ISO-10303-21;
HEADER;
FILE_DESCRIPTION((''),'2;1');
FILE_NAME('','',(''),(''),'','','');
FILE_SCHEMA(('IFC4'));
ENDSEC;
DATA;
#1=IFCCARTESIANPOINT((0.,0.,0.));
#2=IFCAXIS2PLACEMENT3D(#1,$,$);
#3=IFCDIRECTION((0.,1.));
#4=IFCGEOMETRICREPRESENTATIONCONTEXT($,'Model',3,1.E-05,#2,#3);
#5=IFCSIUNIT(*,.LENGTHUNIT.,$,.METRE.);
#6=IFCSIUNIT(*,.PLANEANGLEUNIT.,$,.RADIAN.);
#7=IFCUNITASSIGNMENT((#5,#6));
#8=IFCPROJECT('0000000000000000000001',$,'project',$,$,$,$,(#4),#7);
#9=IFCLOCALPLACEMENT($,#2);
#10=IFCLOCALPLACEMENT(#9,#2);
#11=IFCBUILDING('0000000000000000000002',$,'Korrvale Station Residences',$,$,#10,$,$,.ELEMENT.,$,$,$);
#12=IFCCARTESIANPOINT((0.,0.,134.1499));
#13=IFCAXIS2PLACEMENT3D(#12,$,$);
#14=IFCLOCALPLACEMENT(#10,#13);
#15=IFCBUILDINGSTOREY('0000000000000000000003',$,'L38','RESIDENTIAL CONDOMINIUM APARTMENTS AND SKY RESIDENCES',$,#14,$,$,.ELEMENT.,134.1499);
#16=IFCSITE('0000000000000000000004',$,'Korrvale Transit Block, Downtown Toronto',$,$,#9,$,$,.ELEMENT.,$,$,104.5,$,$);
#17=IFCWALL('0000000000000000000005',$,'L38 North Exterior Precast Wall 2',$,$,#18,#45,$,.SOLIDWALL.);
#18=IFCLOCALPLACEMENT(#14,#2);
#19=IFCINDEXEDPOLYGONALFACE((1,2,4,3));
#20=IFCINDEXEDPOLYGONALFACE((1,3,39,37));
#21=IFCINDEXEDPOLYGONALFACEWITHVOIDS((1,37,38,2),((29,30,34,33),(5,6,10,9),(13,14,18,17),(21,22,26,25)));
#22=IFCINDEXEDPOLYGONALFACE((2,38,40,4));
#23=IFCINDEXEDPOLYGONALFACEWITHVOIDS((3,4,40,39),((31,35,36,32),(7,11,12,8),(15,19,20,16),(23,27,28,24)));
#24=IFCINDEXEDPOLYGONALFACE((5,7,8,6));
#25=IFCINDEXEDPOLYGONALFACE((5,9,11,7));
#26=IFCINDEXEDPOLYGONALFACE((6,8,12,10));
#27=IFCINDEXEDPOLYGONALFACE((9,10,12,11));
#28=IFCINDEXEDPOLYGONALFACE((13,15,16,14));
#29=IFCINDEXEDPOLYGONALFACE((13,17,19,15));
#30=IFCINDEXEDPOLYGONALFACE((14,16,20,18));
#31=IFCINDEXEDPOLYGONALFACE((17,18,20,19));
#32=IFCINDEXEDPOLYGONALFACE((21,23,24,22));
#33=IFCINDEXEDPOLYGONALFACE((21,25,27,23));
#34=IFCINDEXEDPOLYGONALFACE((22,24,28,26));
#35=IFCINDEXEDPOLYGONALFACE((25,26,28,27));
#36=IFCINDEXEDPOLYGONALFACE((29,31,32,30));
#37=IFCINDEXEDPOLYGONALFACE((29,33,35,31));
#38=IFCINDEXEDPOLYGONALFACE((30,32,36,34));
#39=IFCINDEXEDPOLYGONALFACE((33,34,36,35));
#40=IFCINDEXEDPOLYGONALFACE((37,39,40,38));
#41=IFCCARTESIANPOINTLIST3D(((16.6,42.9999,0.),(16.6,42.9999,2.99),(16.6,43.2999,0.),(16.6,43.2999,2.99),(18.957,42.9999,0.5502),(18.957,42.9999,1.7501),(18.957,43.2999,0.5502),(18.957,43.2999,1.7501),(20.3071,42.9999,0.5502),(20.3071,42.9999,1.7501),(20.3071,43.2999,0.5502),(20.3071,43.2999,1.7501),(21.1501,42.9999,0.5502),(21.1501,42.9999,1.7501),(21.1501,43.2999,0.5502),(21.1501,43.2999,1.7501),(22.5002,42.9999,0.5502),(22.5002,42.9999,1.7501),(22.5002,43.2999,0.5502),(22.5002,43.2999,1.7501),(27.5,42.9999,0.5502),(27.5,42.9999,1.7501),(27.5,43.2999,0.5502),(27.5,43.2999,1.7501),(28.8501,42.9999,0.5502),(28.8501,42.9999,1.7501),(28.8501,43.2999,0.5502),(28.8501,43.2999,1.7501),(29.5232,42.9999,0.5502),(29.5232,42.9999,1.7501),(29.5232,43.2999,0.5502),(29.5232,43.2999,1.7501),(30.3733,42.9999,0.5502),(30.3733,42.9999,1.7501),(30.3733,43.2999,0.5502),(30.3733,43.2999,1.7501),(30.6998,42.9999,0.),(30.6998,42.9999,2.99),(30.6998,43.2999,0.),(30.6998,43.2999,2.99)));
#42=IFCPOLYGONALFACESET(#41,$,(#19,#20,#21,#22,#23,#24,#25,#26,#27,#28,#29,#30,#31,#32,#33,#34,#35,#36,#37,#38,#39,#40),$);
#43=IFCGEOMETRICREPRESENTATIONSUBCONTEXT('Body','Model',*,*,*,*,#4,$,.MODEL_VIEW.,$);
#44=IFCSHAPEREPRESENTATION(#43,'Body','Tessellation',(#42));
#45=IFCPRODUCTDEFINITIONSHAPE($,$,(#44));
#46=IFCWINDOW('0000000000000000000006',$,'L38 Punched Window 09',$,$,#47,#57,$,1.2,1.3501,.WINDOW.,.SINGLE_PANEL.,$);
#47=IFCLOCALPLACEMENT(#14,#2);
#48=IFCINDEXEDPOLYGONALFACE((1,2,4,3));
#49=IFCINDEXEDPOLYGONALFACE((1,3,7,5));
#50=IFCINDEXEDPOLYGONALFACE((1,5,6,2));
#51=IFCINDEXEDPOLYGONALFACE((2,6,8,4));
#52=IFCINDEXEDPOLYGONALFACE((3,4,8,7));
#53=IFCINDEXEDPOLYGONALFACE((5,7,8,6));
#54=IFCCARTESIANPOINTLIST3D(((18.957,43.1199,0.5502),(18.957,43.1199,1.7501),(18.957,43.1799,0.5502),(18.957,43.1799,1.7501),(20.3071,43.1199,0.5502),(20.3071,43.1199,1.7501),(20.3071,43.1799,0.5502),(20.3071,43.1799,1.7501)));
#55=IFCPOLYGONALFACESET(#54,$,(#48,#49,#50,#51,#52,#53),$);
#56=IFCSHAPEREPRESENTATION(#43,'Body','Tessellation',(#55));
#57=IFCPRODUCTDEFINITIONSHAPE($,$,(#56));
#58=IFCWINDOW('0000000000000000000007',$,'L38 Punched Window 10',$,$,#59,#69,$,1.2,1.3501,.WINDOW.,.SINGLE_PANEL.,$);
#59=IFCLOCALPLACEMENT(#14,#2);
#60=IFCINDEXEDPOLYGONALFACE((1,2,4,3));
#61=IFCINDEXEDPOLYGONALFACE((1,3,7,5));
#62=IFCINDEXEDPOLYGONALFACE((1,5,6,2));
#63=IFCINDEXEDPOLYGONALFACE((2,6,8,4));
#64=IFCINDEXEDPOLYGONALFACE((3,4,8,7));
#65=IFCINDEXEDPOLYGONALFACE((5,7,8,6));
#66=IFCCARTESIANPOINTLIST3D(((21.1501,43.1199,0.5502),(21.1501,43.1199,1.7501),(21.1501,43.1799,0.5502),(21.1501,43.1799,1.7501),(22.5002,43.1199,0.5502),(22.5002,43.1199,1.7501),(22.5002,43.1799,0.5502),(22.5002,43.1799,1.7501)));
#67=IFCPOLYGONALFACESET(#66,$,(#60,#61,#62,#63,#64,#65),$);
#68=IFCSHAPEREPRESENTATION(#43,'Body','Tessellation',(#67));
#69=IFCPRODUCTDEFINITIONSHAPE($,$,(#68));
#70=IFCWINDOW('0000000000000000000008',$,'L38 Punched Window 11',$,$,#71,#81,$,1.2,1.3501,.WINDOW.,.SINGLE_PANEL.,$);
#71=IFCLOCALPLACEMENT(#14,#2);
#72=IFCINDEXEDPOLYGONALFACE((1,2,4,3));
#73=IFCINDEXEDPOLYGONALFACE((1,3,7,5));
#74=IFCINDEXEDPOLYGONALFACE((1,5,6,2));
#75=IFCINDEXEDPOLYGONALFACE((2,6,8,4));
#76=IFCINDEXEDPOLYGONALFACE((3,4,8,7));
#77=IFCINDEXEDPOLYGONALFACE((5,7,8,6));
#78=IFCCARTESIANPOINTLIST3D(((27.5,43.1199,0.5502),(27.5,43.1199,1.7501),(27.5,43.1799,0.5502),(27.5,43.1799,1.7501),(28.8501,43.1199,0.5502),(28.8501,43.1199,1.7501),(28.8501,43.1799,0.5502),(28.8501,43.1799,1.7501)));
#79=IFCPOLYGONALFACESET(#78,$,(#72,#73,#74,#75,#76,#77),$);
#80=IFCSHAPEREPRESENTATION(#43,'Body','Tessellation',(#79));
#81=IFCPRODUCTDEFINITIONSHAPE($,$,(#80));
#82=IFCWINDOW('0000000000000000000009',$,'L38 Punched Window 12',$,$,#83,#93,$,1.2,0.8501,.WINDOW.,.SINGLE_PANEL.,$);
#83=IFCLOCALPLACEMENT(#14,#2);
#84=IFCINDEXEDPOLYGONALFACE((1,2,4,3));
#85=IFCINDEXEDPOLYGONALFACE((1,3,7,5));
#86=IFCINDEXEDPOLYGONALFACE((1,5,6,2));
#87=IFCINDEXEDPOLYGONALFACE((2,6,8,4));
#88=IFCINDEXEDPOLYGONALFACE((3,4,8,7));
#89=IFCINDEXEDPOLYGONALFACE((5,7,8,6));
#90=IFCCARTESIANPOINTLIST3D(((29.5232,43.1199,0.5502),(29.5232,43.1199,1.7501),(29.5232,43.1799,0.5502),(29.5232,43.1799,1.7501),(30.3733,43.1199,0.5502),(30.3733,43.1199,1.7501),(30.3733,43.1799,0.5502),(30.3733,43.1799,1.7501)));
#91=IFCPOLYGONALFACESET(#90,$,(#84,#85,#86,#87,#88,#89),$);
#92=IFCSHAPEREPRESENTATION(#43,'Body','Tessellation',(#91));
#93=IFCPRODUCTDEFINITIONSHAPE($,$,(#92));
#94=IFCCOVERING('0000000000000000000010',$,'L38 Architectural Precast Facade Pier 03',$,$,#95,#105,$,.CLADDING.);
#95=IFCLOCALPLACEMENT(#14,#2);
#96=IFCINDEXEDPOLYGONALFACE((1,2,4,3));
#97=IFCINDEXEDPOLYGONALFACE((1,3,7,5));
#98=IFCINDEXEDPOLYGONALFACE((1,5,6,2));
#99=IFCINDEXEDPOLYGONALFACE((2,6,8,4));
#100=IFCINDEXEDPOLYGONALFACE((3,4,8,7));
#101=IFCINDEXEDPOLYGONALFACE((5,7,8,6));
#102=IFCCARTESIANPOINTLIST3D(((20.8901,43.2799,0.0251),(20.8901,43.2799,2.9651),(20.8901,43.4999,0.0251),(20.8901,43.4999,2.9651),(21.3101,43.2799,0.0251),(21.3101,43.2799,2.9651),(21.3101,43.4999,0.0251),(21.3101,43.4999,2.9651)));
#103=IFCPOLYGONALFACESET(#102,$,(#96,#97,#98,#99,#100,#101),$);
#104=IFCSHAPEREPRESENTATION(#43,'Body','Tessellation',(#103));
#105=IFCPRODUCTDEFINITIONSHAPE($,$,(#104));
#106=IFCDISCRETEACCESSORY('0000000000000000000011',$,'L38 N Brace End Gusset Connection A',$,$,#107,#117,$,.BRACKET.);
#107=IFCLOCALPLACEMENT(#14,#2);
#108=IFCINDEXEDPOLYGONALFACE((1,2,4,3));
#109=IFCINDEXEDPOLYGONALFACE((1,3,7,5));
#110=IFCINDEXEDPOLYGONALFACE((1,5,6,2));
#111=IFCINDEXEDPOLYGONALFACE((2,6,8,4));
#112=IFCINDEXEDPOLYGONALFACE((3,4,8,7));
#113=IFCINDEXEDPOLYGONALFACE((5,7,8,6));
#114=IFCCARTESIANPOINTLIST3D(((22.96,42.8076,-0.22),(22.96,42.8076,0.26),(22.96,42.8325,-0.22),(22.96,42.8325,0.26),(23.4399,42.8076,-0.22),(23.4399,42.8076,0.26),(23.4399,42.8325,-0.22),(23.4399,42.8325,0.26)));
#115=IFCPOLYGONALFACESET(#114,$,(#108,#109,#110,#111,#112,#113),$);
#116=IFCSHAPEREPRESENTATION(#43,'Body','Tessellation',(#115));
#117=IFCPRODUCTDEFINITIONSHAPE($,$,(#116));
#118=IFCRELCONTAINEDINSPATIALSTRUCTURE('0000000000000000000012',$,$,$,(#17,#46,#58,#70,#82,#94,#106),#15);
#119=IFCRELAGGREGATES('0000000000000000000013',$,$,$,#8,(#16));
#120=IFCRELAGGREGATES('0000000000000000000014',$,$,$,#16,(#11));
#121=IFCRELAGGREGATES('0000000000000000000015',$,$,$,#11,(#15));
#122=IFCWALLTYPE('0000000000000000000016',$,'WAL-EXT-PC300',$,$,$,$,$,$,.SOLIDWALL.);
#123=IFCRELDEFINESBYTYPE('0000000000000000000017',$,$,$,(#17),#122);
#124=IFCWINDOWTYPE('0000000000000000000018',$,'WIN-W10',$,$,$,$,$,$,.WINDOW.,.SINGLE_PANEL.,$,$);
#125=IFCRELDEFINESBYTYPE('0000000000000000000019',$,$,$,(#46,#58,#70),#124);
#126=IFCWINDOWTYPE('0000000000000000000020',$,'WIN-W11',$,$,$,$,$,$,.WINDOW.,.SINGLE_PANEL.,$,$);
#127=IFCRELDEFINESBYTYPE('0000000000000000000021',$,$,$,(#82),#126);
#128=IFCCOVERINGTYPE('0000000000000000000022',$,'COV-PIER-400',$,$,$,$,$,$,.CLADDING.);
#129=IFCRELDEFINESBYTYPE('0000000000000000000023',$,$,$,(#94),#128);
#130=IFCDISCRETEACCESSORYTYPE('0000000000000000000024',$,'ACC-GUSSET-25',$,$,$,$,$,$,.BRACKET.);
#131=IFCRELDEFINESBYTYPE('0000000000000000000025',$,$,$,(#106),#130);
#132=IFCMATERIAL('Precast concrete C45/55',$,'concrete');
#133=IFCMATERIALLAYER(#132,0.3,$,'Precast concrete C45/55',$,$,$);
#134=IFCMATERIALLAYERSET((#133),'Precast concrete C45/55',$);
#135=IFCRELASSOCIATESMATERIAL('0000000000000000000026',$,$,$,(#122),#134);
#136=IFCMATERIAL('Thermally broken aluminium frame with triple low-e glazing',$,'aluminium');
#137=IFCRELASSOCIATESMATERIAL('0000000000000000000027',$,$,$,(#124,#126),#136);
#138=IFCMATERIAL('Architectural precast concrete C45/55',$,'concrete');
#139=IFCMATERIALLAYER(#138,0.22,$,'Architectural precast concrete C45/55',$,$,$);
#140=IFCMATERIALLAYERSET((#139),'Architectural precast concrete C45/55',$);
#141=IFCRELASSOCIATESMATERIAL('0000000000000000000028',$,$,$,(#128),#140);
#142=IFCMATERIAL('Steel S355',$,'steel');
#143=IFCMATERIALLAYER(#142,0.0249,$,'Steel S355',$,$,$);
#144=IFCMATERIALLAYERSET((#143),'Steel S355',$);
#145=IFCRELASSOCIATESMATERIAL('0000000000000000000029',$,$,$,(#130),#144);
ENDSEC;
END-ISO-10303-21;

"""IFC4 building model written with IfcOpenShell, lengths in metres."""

from ifc_helpers import new_model, si_unit, direction, frame, frame_2d, origin, origin_2d, place, context, subcontext, project, spatial, rectangle, extrude, material, layer, layer_set, type_object, element, fill, save


model = new_model("IFC4")

# Units and contexts
model_context = context("Model", 3, precision=1e-05, world=origin(), true_north=direction((0.0, 1.0)))
body_context = subcontext(model_context, "Body", "Model", "MODEL_VIEW")
ifc_project = project(units=[si_unit("LENGTHUNIT", "METRE"), si_unit("PLANEANGLEUNIT", "RADIAN")], contexts=[model_context])

# Site, building, storey
site_placement = place(None, origin())
site = spatial("IfcSite", under=ifc_project, at=site_placement, Name="Korrvale Transit Block, Downtown Toronto", CompositionType="ELEMENT", RefElevation=104.5)
building_placement = place(site_placement, origin())
building = spatial("IfcBuilding", under=site, at=building_placement, Name="Korrvale Station Residences", CompositionType="ELEMENT")
storey_placement = place(building_placement, frame((0.0, 0.0, 134.1499)))
storey = spatial("IfcBuildingStorey", under=building, at=storey_placement, Name="L38", Description="RESIDENTIAL CONDOMINIUM APARTMENTS AND SKY RESIDENCES", CompositionType="ELEMENT", Elevation=134.1499)

# Shared definitions
ifc_material_1 = material(Name="Steel S355", Category="steel")

# Shared definitions
ifc_material_2 = material(Name="Precast concrete C45/55", Category="concrete")

# Wall, openings, windows
ifc_layer_1 = layer(ifc_material_2, 0.3, Name="Precast concrete C45/55")
ifc_layer_set_1 = layer_set([ifc_layer_1], Name="Precast concrete C45/55")
wall_type_1 = type_object("IfcWallType", Name="WAL-EXT-PC300", PredefinedType="SOLIDWALL", material=ifc_layer_set_1)
wall_1_placement = place(storey_placement, frame((16.6001, 43.1499, 0.0), z_axis=(0.0, 0.0, 1.0), x_axis=(1.0, 0.0, 0.0)))
wall_1 = element("IfcWall", 1, at=wall_1_placement, inside=storey, type_object=wall_type_1, Name="L38 North Exterior Precast Wall 2", PredefinedType="SOLIDWALL", context=body_context, shape_type="SweptSolid", body=[
    extrude(rectangle(XDim=14.0999, YDim=0.3, at=frame_2d((7.0498, 0.0))), origin(), (0.0, 0.0, 1.0), 2.99),
])
opening_1_placement = place(wall_1_placement, frame((2.3569, 0.0, 0.55)))
opening_1 = element("IfcOpeningElement", 2, at=opening_1_placement, cuts=wall_1, PredefinedType="OPENING", context=body_context, shape_type="SweptSolid", body=[
    extrude(rectangle(XDim=1.3501, YDim=1.2, at=frame_2d((0.675, 0.6001))), frame((0.0, 0.1602, 0.0), z_axis=(0.0, -1.0, 0.0), x_axis=(1.0, 0.0, 0.0)), (0.0, 0.0, 1.0), 0.3201),
])
opening_2_placement = place(wall_1_placement, frame((4.55, 0.0, 0.55)))
opening_2 = element("IfcOpeningElement", 3, at=opening_2_placement, cuts=wall_1, PredefinedType="OPENING", context=body_context, shape_type="SweptSolid", body=[
    extrude(rectangle(XDim=1.3501, YDim=1.2, at=frame_2d((0.675, 0.6001))), frame((0.0, 0.1602, 0.0), z_axis=(0.0, -1.0, 0.0), x_axis=(1.0, 0.0, 0.0)), (0.0, 0.0, 1.0), 0.3201),
])
opening_3_placement = place(wall_1_placement, frame((10.8999, 0.0, 0.55)))
opening_3 = element("IfcOpeningElement", 4, at=opening_3_placement, cuts=wall_1, PredefinedType="OPENING", context=body_context, shape_type="SweptSolid", body=[
    extrude(rectangle(XDim=1.3501, YDim=1.2, at=frame_2d((0.675, 0.6001))), frame((0.0, 0.1602, 0.0), z_axis=(0.0, -1.0, 0.0), x_axis=(1.0, 0.0, 0.0)), (0.0, 0.0, 1.0), 0.3201),
])
opening_4_placement = place(wall_1_placement, frame((12.9231, 0.0, 0.55)))
opening_4 = element("IfcOpeningElement", 5, at=opening_4_placement, cuts=wall_1, PredefinedType="OPENING", context=body_context, shape_type="SweptSolid", body=[
    extrude(rectangle(XDim=0.8501, YDim=1.2, at=frame_2d((0.425, 0.6001))), frame((0.0, 0.1602, 0.0), z_axis=(0.0, -1.0, 0.0), x_axis=(1.0, 0.0, 0.0)), (0.0, 0.0, 1.0), 0.3201),
])
ifc_material_3 = material(Name="Thermally broken aluminium frame with triple low-e glazing", Category="aluminium")
window_type_1 = type_object("IfcWindowType", Name="WIN-W10", PartitioningType="SINGLE_PANEL", PredefinedType="WINDOW", material=ifc_material_3)
window_1_placement = place(opening_1_placement, origin())
window_1 = element("IfcWindow", 6, at=window_1_placement, inside=storey, type_object=window_type_1, Name="L38 Punched Window 09", OverallHeight=1.2, OverallWidth=1.3501, PartitioningType="SINGLE_PANEL", PredefinedType="WINDOW", context=body_context, shape_type="SweptSolid", body=[
    extrude(rectangle(XDim=1.3501, YDim=1.2, at=frame_2d((0.675, 0.6001))), frame((0.0, 0.03, 0.0), z_axis=(0.0, -1.0, 0.0), x_axis=(1.0, 0.0, 0.0)), (0.0, 0.0, 1.0), 0.0601),
])
fill(opening_1, window_1)
window_2_placement = place(opening_2_placement, origin())
window_2 = element("IfcWindow", 7, at=window_2_placement, inside=storey, type_object=window_type_1, Name="L38 Punched Window 10", OverallHeight=1.2, OverallWidth=1.3501, PartitioningType="SINGLE_PANEL", PredefinedType="WINDOW", context=body_context, shape_type="SweptSolid", body=[
    extrude(rectangle(XDim=1.3501, YDim=1.2, at=frame_2d((0.675, 0.6001))), frame((0.0, 0.03, 0.0), z_axis=(0.0, -1.0, 0.0), x_axis=(1.0, 0.0, 0.0)), (0.0, 0.0, 1.0), 0.0601),
])
fill(opening_2, window_2)
window_3_placement = place(opening_3_placement, origin())
window_3 = element("IfcWindow", 8, at=window_3_placement, inside=storey, type_object=window_type_1, Name="L38 Punched Window 11", OverallHeight=1.2, OverallWidth=1.3501, PartitioningType="SINGLE_PANEL", PredefinedType="WINDOW", context=body_context, shape_type="SweptSolid", body=[
    extrude(rectangle(XDim=1.3501, YDim=1.2, at=frame_2d((0.675, 0.6001))), frame((0.0, 0.03, 0.0), z_axis=(0.0, -1.0, 0.0), x_axis=(1.0, 0.0, 0.0)), (0.0, 0.0, 1.0), 0.0601),
])
fill(opening_3, window_3)
window_type_2 = type_object("IfcWindowType", Name="WIN-W11", PartitioningType="SINGLE_PANEL", PredefinedType="WINDOW", material=ifc_material_3)
window_4_placement = place(opening_4_placement, origin())
window_4 = element("IfcWindow", 9, at=window_4_placement, inside=storey, type_object=window_type_2, Name="L38 Punched Window 12", OverallHeight=1.2, OverallWidth=0.8501, PartitioningType="SINGLE_PANEL", PredefinedType="WINDOW", context=body_context, shape_type="SweptSolid", body=[
    extrude(rectangle(XDim=0.8501, YDim=1.2, at=frame_2d((0.425, 0.6001))), frame((0.0, 0.03, 0.0), z_axis=(0.0, -1.0, 0.0), x_axis=(1.0, 0.0, 0.0)), (0.0, 0.0, 1.0), 0.0601),
])
fill(opening_4, window_4)

# Covering
ifc_material_4 = material(Name="Architectural precast concrete C45/55", Category="concrete")
ifc_layer_2 = layer(ifc_material_4, 0.22, Name="Architectural precast concrete C45/55")
ifc_layer_set_2 = layer_set([ifc_layer_2], Name="Architectural precast concrete C45/55")
covering_type = type_object("IfcCoveringType", Name="COV-PIER-400", PredefinedType="CLADDING", material=ifc_layer_set_2)
covering_placement = place(storey_placement, frame((21.1001, 43.3899, 0.0251), z_axis=(0.0, 0.0, 1.0), x_axis=(1.0, 0.0, 0.0)))
element("IfcCovering", 10, at=covering_placement, inside=storey, type_object=covering_type, Name="L38 Architectural Precast Facade Pier 03", PredefinedType="CLADDING", context=body_context, shape_type="SweptSolid", body=[
    extrude(rectangle(XDim=0.4199, YDim=0.22, at=origin_2d()), origin(), (0.0, 0.0, 1.0), 2.9399),
])

# Discrete accessory
ifc_layer_3 = layer(ifc_material_1, 0.0249, Name="Steel S355")
ifc_layer_set_3 = layer_set([ifc_layer_3], Name="Steel S355")
discrete_accessory_type = type_object("IfcDiscreteAccessoryType", Name="ACC-GUSSET-25", PredefinedType="BRACKET", material=ifc_layer_set_3)
discrete_accessory_placement = place(storey_placement, frame((23.2, 42.8201, -0.22), z_axis=(0.0, 0.0, 1.0), x_axis=(1.0, 0.0, 0.0)))
element("IfcDiscreteAccessory", 11, at=discrete_accessory_placement, inside=storey, type_object=discrete_accessory_type, Name="L38 N Brace End Gusset Connection A", PredefinedType="BRACKET", context=body_context, shape_type="SweptSolid", body=[
    extrude(rectangle(XDim=0.48, YDim=0.0249, at=origin_2d()), origin(), (0.0, 0.0, 1.0), 0.48),
])

save(model, "model.ifc")
